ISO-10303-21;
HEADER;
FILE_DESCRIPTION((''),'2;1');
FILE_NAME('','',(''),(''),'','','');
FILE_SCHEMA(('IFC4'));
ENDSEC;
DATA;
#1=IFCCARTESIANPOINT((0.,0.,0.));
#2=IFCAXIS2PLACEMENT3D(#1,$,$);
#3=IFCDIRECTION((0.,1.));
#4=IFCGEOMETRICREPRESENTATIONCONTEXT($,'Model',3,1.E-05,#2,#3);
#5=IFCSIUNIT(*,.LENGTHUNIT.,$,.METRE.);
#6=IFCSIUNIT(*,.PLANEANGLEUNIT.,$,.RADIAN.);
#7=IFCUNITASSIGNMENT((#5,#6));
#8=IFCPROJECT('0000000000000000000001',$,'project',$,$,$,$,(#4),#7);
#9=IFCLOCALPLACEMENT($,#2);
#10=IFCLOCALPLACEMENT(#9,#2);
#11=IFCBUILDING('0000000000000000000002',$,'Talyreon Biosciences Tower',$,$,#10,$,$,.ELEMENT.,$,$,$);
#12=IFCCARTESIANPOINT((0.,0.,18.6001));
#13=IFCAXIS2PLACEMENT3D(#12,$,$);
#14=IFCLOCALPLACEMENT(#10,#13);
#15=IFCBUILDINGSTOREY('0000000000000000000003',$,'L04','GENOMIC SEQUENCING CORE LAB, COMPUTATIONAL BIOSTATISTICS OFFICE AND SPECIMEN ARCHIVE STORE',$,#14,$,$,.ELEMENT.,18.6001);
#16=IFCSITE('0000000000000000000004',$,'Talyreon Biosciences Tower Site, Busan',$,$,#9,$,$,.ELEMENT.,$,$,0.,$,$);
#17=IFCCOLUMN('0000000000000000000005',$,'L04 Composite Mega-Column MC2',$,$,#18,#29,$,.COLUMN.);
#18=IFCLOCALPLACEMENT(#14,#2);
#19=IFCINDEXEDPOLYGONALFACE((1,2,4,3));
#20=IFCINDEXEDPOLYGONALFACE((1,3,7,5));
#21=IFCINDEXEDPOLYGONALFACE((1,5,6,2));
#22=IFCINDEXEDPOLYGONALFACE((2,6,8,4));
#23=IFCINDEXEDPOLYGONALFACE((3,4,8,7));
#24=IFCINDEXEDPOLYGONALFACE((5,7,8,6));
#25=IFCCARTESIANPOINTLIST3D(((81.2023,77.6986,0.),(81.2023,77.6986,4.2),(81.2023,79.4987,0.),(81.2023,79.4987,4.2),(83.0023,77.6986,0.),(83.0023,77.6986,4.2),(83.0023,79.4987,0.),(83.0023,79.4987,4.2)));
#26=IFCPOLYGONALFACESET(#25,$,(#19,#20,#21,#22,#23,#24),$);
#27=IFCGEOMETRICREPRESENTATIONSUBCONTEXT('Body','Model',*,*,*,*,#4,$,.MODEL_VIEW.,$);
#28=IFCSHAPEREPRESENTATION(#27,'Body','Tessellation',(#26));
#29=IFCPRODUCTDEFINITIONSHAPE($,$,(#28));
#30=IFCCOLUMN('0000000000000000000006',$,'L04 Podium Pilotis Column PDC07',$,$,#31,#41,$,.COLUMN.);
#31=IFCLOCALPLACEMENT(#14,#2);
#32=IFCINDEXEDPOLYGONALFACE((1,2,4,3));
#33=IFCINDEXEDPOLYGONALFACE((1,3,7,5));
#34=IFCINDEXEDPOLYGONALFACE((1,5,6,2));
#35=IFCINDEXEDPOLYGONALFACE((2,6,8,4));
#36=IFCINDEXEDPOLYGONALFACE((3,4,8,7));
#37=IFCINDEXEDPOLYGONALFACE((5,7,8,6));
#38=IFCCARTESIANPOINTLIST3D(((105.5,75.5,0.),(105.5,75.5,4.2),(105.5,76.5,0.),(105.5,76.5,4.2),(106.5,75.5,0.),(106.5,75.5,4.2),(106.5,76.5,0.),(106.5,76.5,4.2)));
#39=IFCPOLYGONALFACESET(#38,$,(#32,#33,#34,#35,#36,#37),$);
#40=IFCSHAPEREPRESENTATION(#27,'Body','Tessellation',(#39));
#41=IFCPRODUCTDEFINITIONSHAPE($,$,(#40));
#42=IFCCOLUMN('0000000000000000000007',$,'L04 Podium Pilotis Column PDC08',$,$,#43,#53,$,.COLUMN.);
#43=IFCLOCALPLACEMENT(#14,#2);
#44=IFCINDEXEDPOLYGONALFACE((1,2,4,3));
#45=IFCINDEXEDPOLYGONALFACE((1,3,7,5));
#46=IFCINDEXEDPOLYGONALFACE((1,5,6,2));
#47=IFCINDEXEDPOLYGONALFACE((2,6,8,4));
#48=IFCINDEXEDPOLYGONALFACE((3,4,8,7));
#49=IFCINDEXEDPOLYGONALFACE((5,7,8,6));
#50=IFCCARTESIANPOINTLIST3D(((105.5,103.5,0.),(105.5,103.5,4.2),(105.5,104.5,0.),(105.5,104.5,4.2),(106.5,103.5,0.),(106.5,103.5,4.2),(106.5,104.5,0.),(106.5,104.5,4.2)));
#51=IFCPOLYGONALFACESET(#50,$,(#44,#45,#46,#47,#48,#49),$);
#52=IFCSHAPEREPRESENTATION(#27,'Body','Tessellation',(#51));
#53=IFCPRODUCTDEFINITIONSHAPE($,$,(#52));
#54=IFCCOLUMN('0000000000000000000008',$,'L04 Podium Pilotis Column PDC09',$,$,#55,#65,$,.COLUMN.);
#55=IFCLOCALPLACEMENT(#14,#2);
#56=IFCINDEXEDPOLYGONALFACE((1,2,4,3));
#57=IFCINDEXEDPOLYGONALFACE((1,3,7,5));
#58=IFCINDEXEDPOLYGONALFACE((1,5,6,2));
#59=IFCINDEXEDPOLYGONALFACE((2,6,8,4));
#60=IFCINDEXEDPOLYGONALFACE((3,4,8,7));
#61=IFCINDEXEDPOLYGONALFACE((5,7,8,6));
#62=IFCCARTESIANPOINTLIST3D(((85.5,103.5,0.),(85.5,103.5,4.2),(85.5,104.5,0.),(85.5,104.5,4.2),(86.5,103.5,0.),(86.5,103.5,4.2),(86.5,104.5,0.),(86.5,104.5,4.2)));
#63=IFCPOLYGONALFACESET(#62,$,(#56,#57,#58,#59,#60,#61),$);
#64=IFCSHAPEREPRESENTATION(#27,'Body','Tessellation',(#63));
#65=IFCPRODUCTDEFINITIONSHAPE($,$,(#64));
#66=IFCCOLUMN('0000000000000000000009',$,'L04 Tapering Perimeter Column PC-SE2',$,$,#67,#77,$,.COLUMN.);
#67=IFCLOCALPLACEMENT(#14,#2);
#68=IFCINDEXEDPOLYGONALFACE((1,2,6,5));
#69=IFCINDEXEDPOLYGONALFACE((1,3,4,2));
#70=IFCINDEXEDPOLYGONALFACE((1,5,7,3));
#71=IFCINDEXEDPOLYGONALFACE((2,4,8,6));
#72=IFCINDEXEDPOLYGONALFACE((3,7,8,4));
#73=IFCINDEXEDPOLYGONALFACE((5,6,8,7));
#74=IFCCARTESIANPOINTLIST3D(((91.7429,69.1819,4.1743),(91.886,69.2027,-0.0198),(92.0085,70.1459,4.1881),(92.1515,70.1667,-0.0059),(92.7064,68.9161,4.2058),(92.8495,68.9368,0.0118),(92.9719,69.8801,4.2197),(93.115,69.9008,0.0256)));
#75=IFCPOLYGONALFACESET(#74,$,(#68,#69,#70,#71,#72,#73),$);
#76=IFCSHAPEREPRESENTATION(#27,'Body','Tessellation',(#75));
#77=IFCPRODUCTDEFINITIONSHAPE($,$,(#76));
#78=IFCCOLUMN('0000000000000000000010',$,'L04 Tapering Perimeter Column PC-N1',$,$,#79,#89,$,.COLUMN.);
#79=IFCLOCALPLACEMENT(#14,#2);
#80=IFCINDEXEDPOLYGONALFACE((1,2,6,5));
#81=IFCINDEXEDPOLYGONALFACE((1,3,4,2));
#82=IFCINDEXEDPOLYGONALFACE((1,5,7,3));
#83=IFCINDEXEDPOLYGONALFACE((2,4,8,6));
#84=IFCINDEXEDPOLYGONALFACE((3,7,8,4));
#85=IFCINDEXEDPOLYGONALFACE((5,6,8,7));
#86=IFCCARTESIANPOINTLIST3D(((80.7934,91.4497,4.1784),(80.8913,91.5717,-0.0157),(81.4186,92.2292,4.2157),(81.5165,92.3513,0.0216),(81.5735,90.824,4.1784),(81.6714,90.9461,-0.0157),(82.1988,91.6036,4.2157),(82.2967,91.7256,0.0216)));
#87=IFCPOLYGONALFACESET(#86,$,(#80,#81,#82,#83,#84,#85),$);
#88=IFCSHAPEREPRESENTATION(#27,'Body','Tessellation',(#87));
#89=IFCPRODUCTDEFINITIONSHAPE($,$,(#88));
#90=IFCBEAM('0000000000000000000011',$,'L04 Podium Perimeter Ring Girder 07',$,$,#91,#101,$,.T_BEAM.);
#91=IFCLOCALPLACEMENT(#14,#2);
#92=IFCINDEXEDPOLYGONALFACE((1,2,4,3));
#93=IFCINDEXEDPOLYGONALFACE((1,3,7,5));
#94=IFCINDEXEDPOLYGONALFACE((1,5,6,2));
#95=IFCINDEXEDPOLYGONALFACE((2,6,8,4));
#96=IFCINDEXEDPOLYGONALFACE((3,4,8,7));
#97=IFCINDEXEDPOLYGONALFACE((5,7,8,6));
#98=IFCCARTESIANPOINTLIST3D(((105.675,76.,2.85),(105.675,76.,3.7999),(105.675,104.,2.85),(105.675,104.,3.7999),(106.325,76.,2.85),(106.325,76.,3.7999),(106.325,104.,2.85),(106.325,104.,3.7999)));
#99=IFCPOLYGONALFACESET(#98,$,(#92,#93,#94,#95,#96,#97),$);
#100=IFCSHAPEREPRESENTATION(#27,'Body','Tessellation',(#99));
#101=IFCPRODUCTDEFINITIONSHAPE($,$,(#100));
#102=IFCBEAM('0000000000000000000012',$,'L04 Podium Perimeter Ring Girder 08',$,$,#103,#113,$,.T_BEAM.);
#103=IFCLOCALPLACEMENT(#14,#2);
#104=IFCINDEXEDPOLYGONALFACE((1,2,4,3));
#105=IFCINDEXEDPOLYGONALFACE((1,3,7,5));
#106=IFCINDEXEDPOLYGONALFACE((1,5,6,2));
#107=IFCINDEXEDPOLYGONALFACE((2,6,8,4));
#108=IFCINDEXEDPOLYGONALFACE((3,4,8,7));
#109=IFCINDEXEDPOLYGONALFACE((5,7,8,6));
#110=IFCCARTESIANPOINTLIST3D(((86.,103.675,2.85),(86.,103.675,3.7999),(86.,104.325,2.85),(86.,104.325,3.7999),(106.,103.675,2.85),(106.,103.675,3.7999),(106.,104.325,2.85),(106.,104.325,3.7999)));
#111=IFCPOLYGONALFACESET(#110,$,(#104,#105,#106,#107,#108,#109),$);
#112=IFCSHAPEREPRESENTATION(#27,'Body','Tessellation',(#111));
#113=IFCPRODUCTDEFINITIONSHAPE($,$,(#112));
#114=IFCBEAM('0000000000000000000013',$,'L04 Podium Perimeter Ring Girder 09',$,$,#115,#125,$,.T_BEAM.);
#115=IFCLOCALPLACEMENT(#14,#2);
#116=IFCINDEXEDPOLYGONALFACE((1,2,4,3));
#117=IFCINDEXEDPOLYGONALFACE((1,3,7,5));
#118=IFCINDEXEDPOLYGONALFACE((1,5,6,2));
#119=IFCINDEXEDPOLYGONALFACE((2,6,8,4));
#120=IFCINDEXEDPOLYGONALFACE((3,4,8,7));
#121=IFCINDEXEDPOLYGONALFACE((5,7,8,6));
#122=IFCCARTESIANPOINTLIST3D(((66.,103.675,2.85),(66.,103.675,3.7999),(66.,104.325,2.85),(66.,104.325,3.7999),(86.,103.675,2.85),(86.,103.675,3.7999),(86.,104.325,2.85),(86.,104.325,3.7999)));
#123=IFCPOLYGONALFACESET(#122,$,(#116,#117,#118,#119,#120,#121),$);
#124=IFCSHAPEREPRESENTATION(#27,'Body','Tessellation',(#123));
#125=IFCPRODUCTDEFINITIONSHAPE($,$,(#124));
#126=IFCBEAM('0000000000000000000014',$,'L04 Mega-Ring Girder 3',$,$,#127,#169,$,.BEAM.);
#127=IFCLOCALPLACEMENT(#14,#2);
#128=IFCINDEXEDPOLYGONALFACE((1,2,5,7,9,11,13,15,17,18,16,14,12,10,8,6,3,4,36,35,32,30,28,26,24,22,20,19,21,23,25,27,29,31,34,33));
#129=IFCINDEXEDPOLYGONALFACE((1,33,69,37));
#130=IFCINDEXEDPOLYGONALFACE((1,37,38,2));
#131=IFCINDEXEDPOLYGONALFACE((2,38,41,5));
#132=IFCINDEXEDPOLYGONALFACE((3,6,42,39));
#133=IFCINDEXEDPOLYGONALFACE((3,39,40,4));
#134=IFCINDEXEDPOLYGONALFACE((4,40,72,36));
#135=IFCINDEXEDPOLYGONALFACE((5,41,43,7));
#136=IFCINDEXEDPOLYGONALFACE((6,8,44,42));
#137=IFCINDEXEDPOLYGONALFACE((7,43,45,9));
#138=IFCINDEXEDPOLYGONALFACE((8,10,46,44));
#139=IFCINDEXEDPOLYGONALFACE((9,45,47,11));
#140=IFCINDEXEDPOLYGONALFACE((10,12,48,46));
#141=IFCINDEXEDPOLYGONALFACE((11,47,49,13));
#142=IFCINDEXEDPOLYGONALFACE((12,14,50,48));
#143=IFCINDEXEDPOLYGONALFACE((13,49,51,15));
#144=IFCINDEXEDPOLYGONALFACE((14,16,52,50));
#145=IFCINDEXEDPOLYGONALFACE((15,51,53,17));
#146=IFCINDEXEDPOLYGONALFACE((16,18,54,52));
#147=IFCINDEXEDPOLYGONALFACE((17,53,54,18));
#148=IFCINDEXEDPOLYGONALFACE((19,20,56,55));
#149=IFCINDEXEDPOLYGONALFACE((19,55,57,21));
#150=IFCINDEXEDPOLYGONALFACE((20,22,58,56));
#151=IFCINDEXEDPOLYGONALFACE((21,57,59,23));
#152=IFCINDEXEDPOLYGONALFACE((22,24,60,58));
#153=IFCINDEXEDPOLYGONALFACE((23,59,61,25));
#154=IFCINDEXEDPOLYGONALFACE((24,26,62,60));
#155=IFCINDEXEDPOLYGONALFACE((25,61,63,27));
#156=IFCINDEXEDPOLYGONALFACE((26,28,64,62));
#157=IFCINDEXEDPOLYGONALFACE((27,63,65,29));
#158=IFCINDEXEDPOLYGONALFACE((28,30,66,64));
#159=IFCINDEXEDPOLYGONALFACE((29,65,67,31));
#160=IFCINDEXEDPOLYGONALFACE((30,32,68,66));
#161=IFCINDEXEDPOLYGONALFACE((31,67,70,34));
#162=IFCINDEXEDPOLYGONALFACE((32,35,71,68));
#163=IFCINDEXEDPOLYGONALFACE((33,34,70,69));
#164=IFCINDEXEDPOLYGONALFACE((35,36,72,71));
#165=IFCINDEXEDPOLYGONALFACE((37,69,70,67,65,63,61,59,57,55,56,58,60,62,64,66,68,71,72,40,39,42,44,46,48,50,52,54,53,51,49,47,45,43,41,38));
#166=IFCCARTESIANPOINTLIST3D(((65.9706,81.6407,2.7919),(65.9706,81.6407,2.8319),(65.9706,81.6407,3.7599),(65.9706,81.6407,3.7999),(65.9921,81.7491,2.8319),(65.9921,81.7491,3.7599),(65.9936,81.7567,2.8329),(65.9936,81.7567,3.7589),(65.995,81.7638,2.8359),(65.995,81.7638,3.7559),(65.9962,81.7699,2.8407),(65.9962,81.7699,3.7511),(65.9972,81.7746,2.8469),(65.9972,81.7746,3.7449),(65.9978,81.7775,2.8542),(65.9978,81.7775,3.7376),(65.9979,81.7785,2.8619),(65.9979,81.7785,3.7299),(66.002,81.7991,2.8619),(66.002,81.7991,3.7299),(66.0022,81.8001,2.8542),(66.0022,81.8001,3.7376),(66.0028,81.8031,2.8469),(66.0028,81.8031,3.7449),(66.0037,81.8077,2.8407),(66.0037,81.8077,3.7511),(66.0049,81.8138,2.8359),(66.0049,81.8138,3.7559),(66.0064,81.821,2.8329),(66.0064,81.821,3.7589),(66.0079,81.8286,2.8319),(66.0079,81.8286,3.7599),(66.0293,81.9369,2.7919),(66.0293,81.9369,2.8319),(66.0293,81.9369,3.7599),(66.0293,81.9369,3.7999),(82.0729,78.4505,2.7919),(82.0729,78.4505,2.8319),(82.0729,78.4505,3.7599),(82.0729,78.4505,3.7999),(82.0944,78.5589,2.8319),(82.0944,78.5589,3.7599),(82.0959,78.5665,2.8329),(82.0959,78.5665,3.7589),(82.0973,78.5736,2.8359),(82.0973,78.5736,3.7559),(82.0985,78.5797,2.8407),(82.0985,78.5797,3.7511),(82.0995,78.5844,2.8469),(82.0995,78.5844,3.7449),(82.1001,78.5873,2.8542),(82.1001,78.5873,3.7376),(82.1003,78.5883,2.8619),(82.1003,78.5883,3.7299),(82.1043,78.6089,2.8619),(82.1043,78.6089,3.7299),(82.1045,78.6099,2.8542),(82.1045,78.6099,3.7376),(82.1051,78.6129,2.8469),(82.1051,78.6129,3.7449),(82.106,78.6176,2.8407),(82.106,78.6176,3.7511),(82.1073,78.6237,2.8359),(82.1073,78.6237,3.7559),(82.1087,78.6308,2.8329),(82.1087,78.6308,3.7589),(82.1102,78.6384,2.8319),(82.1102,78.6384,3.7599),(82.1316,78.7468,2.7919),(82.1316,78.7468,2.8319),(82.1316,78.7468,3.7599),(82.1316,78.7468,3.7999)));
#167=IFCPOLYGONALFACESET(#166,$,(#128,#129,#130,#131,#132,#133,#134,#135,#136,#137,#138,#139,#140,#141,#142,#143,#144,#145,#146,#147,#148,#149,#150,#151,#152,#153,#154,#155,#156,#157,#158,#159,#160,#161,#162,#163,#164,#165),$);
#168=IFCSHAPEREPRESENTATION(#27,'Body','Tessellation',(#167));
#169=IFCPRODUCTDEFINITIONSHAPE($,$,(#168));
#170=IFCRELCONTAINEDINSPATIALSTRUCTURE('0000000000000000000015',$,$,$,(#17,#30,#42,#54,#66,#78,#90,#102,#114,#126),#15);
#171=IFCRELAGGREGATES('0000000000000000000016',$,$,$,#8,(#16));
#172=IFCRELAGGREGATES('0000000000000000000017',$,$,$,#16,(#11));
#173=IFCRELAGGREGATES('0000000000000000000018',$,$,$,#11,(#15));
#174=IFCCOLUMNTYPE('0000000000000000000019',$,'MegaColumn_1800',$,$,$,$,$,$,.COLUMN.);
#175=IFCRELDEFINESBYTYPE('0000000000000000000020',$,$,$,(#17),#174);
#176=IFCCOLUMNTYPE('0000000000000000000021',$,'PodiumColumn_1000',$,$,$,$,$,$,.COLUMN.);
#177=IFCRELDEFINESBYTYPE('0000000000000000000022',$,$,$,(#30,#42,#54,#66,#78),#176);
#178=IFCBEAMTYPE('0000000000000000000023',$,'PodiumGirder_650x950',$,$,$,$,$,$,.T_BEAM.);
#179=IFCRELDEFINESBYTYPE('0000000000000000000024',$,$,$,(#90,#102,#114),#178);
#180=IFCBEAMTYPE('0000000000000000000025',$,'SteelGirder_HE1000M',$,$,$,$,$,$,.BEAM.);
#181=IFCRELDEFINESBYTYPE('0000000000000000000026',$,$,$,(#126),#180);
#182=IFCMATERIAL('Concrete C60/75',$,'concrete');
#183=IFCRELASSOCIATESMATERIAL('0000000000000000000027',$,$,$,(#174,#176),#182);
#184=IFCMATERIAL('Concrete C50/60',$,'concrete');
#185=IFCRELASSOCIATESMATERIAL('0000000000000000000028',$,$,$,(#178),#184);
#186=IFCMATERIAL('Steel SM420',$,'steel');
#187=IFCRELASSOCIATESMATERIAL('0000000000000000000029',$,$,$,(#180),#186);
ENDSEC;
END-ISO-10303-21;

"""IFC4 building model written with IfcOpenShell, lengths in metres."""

from ifc_helpers import new_model, si_unit, direction, frame, origin, origin_2d, place, context, subcontext, project, spatial, rectangle, i_section, extrude, material, material_profile, profile_set, type_object, element, save


model = new_model("IFC4")

# Units and contexts
model_context = context("Model", 3, precision=1e-05, world=origin(), true_north=direction((0.0, 1.0)))
body_context = subcontext(model_context, "Body", "Model", "MODEL_VIEW")
ifc_project = project(units=[si_unit("LENGTHUNIT", "METRE"), si_unit("PLANEANGLEUNIT", "RADIAN")], contexts=[model_context])

# Site, building, storey
site_placement = place(None, origin())
site = spatial("IfcSite", under=ifc_project, at=site_placement, Name="Talyreon Biosciences Tower Site, Busan", CompositionType="ELEMENT", RefElevation=0.0)
building_placement = place(site_placement, origin())
building = spatial("IfcBuilding", under=site, at=building_placement, Name="Talyreon Biosciences Tower", CompositionType="ELEMENT")
storey_placement = place(building_placement, frame((0.0, 0.0, 18.6001)))
storey = spatial("IfcBuildingStorey", under=building, at=storey_placement, Name="L04", Description="GENOMIC SEQUENCING CORE LAB, COMPUTATIONAL BIOSTATISTICS OFFICE AND SPECIMEN ARCHIVE STORE", CompositionType="ELEMENT", Elevation=18.6001)

# Columns
ifc_material_1 = material(Name="Concrete C60/75", Category="concrete")
ifc_material_profile_1 = material_profile(ifc_material_1, rectangle(XDim=1.8, YDim=1.8, at=origin_2d()), Name="RC 1800x1800")
ifc_profile_set_1 = profile_set([ifc_material_profile_1], Name="Concrete C60/75")
column_type_1 = type_object("IfcColumnType", Name="MegaColumn_1800", PredefinedType="COLUMN", material=ifc_profile_set_1)
column_1_placement = place(storey_placement, frame((82.1023, 78.5986, 0.0), z_axis=(0.0, 0.0, 1.0), x_axis=(1.0, 0.0, 0.0)))
element("IfcColumn", 1, at=column_1_placement, inside=storey, type_object=column_type_1, Name="L04 Composite Mega-Column MC2", PredefinedType="COLUMN", context=body_context, shape_type="SweptSolid", body=[
    extrude(rectangle(XDim=1.8, YDim=1.8, at=origin_2d()), origin(), (0.0, 0.0, 1.0), 4.2),
])
ifc_material_profile_2 = material_profile(ifc_material_1, rectangle(XDim=1.0, YDim=1.0, at=origin_2d()), Name="RC 1000x1000")
ifc_profile_set_2 = profile_set([ifc_material_profile_2], Name="Concrete C60/75")
column_type_2 = type_object("IfcColumnType", Name="PodiumColumn_1000", PredefinedType="COLUMN", material=ifc_profile_set_2)
for number, where, z_axis, x_axis, name in (
    (2, (106.0, 76.0, 0.0), (0.0, 0.0, 1.0), (1.0, 0.0, 0.0), "L04 Podium Pilotis Column PDC07"),
    (3, (106.0, 104.0, 0.0), (0.0, 0.0, 1.0), (1.0, 0.0, 0.0), "L04 Podium Pilotis Column PDC08"),
    (4, (86.0, 104.0, 0.0), (0.0, 0.0, 1.0), (1.0, 0.0, 0.0), "L04 Podium Pilotis Column PDC09"),
):
    element("IfcColumn", number, at=place(storey_placement, frame(where, z_axis=z_axis, x_axis=x_axis)), inside=storey, type_object=column_type_2, Name=name, PredefinedType="COLUMN", context=body_context, shape_type="SweptSolid", body=[
        extrude(rectangle(XDim=1.0, YDim=1.0, at=origin_2d()), origin(), (0.0, 0.0, 1.0), 4.2),
    ])
column_2_placement = place(storey_placement, frame((92.5005, 69.5518, 0.0029), z_axis=(-0.034091, -0.004945, 0.999406), x_axis=(0.963494, -0.265865, 0.031551)))
element("IfcColumn", 5, at=column_2_placement, inside=storey, type_object=column_type_2, Name="L04 Tapering Perimeter Column PC-SE2", PredefinedType="COLUMN", context=body_context, shape_type="SweptSolid", body=[
    extrude(rectangle(XDim=1.0, YDim=1.0, at=origin_2d()), origin(), (0.0, 0.0, 1.0), 4.1965),
])
column_3_placement = place(storey_placement, frame((81.594, 91.6487, 0.0029), z_axis=(-0.023326, -0.029085, 0.999305), x_axis=(-0.780107, 0.625646, 0.0)))
element("IfcColumn", 6, at=column_3_placement, inside=storey, type_object=column_type_2, Name="L04 Tapering Perimeter Column PC-N1", PredefinedType="COLUMN", context=body_context, shape_type="SweptSolid", body=[
    extrude(rectangle(XDim=1.0, YDim=1.0, at=origin_2d()), origin(), (0.0, 0.0, 1.0), 4.197),
])

# Beams
ifc_material_2 = material(Name="Concrete C50/60", Category="concrete")
ifc_material_profile_3 = material_profile(ifc_material_2, rectangle(XDim=0.6499, YDim=0.95, at=origin_2d()), Name="RCB 650x950")
ifc_profile_set_3 = profile_set([ifc_material_profile_3], Name="Concrete C50/60")
beam_type_1 = type_object("IfcBeamType", Name="PodiumGirder_650x950", PredefinedType="T_BEAM", material=ifc_profile_set_3)
beam_1_placement = place(storey_placement, frame((106.0, 76.0, 3.325), z_axis=(0.0, 1.0, 0.0), x_axis=(-1.0, 0.0, 0.0)))
element("IfcBeam", 7, at=beam_1_placement, inside=storey, type_object=beam_type_1, Name="L04 Podium Perimeter Ring Girder 07", PredefinedType="T_BEAM", context=body_context, shape_type="SweptSolid", body=[
    extrude(rectangle(XDim=0.6499, YDim=0.95, at=origin_2d()), origin(), (0.0, 0.0, 1.0), 28.0),
])
for number, where, z_axis, x_axis, name in (
    (8, (106.0, 104.0, 3.325), (-1.0, 0.0, 0.0), (0.0, -1.0, 0.0), "L04 Podium Perimeter Ring Girder 08"),
    (9, (86.0, 104.0, 3.325), (-1.0, 0.0, 0.0), (0.0, -1.0, 0.0), "L04 Podium Perimeter Ring Girder 09"),
):
    element("IfcBeam", number, at=place(storey_placement, frame(where, z_axis=z_axis, x_axis=x_axis)), inside=storey, type_object=beam_type_1, Name=name, PredefinedType="T_BEAM", context=body_context, shape_type="SweptSolid", body=[
        extrude(rectangle(XDim=0.6499, YDim=0.95, at=origin_2d()), origin(), (0.0, 0.0, 1.0), 20.0),
    ])
ifc_material_3 = material(Name="Steel SM420", Category="steel")
ifc_material_profile_4 = material_profile(ifc_material_3, i_section(OverallWidth=0.302, OverallDepth=1.0081, WebThickness=0.021, FlangeThickness=0.04, FilletRadius=0.03, at=origin_2d()), Name="HE1000M")
ifc_profile_set_4 = profile_set([ifc_material_profile_4], Name="Steel SM420")
beam_type_2 = type_object("IfcBeamType", Name="SteelGirder_HE1000M", PredefinedType="BEAM", material=ifc_profile_set_4)
beam_2_placement = place(storey_placement, frame((82.1023, 78.5986, 3.2959), z_axis=(-0.980934, 0.194343, 0.0), x_axis=(-0.194343, -0.980934, 0.0)))
element("IfcBeam", 10, at=beam_2_placement, inside=storey, type_object=beam_type_2, Name="L04 Mega-Ring Girder 3", PredefinedType="BEAM", context=body_context, shape_type="SweptSolid", body=[
    extrude(i_section(OverallWidth=0.302, OverallDepth=1.0081, WebThickness=0.021, FlangeThickness=0.04, FilletRadius=0.03, at=origin_2d()), origin(), (0.0, 0.0, 1.0), 16.4153),
])

save(model, "model.ifc")
